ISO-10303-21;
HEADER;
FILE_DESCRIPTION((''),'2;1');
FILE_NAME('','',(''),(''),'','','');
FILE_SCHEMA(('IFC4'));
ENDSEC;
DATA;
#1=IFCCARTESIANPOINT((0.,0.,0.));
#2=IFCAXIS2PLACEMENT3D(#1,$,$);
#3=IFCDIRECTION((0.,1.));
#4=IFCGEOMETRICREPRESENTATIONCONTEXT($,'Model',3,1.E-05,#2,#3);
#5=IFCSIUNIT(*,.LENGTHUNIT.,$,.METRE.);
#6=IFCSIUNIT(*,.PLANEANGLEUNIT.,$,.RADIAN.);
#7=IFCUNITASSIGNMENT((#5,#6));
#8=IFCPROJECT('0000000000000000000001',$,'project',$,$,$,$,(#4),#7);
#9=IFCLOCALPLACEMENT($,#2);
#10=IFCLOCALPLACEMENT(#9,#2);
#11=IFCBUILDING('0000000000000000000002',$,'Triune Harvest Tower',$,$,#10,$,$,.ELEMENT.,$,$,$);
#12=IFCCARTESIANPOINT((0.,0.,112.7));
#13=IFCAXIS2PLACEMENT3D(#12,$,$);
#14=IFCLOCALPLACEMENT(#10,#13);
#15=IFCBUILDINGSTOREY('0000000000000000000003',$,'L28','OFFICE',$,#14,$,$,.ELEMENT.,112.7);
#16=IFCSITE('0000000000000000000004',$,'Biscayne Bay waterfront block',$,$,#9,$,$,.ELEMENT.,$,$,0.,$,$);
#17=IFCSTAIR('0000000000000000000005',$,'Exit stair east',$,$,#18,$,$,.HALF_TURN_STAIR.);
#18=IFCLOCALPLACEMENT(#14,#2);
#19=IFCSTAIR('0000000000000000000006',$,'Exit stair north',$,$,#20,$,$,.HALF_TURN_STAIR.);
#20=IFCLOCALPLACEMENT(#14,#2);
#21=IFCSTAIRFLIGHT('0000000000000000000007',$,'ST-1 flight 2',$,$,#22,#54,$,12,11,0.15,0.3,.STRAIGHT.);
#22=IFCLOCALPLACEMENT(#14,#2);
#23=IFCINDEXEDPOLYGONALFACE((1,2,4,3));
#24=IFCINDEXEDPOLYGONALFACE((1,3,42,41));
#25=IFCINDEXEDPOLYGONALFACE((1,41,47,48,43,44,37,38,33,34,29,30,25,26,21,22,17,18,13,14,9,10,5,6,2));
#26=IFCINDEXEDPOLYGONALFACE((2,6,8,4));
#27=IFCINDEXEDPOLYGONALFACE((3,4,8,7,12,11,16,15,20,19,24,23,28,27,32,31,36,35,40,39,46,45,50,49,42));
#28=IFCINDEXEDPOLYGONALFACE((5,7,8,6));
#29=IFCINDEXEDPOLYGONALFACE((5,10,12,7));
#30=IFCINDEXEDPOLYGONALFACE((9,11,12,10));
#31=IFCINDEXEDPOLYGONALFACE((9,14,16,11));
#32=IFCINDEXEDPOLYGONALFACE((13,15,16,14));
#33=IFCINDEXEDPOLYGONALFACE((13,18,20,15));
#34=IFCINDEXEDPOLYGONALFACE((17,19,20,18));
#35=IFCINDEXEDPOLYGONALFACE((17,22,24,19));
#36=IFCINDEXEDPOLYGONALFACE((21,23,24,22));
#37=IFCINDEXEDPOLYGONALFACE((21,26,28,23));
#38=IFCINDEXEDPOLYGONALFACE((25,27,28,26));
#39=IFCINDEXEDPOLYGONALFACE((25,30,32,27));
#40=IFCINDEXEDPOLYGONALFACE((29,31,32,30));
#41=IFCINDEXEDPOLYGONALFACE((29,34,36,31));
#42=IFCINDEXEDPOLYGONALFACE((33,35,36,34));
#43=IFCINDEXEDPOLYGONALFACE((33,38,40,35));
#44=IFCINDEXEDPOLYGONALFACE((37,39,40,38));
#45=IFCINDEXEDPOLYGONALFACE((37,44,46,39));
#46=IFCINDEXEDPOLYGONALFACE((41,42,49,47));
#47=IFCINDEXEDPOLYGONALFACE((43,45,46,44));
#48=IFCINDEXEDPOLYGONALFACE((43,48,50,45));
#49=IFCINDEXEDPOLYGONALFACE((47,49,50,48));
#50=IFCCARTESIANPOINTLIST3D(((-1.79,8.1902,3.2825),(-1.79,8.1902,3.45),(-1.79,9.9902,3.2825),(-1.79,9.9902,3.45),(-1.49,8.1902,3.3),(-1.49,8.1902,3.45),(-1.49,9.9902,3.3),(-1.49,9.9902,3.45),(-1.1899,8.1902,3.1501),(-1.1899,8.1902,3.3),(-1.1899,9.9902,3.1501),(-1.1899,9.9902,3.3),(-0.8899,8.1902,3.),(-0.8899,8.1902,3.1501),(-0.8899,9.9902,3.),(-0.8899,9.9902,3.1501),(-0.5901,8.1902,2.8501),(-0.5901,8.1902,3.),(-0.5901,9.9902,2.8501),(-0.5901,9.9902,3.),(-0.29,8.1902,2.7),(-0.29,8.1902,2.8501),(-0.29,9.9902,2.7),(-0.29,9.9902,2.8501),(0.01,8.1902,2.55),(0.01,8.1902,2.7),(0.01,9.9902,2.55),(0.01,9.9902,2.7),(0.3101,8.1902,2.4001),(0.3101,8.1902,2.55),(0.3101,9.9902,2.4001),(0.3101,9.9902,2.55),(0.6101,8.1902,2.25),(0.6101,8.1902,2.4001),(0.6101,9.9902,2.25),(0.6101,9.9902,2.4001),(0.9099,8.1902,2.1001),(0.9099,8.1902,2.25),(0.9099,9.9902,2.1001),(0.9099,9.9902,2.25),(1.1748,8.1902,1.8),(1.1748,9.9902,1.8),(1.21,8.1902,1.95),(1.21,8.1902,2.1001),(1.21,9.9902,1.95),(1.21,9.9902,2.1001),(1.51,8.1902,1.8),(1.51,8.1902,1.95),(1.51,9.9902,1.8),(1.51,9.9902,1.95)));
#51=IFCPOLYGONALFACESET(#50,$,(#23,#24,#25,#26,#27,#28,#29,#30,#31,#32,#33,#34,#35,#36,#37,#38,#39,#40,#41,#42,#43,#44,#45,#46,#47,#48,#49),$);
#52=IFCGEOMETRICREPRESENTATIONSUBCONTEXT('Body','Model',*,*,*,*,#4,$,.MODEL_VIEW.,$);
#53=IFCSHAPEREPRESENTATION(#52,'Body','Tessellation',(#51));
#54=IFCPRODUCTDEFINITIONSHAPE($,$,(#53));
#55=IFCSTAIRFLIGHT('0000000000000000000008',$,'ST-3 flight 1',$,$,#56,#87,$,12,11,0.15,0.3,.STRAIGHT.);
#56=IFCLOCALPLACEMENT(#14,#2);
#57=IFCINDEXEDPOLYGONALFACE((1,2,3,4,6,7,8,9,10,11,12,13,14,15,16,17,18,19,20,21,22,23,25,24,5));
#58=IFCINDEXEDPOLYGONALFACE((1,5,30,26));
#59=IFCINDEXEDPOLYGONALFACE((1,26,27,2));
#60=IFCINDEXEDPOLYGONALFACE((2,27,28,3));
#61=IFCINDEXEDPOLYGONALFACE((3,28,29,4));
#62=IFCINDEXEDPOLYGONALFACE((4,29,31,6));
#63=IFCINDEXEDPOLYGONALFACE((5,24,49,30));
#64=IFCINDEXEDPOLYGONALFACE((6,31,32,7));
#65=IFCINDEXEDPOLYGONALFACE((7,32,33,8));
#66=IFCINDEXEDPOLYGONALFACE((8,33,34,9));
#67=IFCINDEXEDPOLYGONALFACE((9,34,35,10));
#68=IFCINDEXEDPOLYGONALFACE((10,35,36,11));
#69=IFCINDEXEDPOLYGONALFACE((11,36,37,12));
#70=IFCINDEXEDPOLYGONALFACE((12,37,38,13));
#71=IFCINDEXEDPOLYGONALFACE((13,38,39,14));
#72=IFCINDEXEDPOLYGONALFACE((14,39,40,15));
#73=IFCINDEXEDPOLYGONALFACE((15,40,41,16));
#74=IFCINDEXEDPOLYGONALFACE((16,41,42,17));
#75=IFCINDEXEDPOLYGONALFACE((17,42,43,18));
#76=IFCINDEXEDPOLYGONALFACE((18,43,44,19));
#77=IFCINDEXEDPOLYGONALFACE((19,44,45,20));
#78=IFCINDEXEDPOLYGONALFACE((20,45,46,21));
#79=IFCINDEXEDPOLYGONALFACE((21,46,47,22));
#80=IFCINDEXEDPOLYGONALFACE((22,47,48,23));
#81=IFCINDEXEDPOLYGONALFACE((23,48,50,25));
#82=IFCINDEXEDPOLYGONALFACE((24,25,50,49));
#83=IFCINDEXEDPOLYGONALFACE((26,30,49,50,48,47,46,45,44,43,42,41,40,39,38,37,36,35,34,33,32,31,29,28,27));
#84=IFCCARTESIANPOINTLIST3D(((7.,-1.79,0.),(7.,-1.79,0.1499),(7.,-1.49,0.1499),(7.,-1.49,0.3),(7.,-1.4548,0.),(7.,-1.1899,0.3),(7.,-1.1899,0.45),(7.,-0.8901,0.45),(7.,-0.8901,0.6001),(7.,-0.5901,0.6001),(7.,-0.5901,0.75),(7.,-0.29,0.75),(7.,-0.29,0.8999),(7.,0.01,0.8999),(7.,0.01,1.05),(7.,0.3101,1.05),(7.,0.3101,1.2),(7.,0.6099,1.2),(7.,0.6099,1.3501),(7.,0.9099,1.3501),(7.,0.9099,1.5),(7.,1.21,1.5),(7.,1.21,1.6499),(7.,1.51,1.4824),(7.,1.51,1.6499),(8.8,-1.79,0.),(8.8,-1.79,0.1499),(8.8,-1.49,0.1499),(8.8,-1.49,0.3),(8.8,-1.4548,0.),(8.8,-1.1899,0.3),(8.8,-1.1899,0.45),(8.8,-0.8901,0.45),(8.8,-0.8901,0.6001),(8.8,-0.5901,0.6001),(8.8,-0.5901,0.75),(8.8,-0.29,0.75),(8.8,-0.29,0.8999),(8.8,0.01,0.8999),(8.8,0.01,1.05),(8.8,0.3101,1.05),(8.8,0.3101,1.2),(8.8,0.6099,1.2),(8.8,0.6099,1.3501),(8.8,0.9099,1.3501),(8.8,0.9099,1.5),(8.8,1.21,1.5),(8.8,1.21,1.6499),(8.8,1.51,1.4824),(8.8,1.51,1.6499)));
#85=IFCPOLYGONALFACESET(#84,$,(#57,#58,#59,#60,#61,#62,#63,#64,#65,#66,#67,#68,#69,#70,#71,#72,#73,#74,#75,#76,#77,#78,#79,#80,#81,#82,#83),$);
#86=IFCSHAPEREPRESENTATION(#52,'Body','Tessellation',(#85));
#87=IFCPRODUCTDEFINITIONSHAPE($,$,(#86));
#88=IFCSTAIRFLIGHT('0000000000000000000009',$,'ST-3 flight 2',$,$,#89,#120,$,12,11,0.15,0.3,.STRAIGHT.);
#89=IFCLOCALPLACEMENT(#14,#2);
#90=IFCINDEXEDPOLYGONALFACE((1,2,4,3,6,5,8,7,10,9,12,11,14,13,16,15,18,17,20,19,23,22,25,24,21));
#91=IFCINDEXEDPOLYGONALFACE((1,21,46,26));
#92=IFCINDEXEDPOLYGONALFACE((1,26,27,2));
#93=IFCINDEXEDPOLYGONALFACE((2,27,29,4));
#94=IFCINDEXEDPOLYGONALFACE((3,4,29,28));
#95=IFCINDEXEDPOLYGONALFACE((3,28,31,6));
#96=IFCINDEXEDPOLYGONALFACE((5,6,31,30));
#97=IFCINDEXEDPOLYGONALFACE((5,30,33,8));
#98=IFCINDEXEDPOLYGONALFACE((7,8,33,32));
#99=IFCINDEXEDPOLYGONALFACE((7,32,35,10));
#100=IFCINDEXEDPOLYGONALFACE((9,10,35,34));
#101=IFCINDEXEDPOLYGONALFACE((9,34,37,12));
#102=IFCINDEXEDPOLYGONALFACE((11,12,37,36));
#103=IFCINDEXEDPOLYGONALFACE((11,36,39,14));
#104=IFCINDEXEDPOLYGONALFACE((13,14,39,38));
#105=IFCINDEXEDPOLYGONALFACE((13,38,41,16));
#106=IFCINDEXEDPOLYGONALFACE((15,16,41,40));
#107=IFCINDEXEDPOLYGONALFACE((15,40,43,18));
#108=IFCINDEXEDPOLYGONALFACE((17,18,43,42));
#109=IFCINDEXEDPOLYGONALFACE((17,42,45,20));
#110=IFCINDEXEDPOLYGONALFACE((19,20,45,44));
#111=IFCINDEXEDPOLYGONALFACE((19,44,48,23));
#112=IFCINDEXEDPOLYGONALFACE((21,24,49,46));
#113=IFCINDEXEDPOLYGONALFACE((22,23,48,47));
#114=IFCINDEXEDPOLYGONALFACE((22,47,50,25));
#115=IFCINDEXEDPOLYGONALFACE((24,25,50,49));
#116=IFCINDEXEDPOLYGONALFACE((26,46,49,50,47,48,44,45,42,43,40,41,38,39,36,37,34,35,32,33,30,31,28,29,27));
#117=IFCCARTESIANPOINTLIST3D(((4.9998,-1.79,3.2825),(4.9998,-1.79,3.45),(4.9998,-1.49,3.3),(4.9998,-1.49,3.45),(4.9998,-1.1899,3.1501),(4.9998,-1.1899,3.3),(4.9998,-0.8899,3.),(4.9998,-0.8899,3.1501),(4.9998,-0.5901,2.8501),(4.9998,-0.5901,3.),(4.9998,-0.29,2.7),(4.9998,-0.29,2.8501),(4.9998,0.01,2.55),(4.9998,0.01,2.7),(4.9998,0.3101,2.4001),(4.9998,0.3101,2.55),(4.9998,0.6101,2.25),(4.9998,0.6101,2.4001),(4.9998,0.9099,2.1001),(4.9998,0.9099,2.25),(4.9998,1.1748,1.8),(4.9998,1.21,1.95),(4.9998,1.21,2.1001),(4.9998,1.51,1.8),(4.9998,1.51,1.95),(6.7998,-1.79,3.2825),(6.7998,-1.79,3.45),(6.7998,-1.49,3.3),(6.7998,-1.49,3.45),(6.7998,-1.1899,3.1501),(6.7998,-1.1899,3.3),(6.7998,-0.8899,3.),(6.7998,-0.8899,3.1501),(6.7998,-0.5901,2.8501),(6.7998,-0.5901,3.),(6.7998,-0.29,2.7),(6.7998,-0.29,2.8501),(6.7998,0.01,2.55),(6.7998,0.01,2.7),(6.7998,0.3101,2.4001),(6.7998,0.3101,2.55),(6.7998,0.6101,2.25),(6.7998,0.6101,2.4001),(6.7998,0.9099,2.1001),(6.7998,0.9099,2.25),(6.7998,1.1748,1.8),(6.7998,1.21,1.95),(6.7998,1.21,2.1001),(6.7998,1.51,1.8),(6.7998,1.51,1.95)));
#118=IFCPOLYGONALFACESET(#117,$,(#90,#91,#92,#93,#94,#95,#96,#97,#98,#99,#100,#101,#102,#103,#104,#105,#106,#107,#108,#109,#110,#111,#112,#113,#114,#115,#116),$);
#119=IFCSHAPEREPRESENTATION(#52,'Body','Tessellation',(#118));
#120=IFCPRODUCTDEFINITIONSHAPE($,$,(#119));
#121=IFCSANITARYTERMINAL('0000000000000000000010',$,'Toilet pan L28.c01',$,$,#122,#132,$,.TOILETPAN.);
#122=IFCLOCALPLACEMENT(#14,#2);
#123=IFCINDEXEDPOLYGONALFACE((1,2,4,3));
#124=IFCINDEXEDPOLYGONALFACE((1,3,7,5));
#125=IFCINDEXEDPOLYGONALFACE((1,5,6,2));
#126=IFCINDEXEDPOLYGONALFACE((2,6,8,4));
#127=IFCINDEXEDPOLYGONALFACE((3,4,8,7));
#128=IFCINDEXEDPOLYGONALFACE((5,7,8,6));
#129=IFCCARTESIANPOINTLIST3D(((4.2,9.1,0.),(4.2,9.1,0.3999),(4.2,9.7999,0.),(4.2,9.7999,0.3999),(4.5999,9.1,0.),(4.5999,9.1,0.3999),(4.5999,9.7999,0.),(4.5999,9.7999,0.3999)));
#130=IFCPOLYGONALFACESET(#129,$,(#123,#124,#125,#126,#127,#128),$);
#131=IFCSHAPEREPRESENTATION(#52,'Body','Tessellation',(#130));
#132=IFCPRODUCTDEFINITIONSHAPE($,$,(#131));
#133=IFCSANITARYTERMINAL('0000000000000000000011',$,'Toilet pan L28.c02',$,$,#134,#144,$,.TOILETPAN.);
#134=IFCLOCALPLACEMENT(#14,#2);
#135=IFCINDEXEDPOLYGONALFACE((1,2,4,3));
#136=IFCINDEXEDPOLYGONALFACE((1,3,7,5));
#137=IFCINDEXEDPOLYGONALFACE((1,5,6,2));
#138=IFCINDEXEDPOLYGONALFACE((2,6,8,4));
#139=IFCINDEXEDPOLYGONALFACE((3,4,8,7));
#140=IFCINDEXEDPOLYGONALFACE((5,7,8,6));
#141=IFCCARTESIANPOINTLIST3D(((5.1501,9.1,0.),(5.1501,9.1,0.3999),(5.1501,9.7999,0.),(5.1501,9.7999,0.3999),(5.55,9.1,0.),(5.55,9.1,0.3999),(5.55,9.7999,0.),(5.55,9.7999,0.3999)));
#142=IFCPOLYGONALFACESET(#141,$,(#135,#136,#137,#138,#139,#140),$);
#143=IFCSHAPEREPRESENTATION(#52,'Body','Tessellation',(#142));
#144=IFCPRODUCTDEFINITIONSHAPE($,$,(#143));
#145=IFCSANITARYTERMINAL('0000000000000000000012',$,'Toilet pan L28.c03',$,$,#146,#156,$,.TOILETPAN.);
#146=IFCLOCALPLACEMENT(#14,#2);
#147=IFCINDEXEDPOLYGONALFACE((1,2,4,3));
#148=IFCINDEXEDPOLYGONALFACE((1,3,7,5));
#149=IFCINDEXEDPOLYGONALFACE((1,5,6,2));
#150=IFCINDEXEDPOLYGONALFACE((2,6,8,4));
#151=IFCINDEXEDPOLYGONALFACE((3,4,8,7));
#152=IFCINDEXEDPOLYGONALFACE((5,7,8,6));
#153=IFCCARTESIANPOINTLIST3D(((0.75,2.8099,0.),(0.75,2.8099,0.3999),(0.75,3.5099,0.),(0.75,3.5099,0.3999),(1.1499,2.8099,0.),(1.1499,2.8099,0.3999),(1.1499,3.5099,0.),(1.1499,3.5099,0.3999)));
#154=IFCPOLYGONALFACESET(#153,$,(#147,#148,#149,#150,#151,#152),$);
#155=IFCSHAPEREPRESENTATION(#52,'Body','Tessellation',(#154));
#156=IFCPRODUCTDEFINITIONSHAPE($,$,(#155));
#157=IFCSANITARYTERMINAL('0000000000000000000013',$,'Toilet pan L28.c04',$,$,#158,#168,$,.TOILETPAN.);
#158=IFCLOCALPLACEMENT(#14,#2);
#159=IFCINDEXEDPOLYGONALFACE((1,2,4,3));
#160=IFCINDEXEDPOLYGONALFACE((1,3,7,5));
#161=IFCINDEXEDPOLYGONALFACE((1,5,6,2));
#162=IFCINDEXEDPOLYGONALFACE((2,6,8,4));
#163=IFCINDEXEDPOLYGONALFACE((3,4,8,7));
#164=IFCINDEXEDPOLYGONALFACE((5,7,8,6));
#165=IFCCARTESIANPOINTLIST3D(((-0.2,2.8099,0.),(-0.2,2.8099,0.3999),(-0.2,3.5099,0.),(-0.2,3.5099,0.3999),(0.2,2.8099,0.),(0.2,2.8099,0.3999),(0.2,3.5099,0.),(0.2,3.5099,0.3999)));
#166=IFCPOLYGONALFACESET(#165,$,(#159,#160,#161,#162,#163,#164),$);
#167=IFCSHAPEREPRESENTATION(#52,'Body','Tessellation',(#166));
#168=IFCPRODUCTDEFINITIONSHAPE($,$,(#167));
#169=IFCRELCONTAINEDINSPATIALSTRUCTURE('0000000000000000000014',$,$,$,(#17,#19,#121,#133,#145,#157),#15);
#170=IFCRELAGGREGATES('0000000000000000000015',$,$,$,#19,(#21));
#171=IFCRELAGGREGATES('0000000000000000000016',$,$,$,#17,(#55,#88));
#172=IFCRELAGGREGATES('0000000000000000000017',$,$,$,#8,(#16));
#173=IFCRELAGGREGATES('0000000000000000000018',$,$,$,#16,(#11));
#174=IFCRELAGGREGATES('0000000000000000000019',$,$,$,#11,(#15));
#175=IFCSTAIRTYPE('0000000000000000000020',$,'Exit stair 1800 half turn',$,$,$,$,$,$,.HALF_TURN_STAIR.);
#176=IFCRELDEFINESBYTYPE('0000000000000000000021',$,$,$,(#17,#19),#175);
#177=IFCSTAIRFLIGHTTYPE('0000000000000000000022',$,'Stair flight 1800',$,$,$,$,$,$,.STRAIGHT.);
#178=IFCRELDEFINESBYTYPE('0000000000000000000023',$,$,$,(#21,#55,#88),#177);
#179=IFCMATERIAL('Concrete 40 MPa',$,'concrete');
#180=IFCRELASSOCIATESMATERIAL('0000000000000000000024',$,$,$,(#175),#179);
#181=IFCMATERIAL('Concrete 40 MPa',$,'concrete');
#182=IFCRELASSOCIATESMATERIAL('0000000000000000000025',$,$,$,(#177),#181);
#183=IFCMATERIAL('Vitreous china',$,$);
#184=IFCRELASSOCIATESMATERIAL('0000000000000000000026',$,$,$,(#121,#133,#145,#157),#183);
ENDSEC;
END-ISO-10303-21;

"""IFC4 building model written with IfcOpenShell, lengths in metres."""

from ifc_helpers import new_model, si_unit, direction, frame, origin, origin_2d, place, context, subcontext, project, spatial, polyline, rectangle, outline, extrude, source, transform, mapped, material, type_object, element, aggregate, save


model = new_model("IFC4")

# Units and contexts
model_context = context("Model", 3, precision=1e-05, world=origin(), true_north=direction((0.0, 1.0)))
body_context = subcontext(model_context, "Body", "Model", "MODEL_VIEW")
ifc_project = project(units=[si_unit("LENGTHUNIT", "METRE"), si_unit("PLANEANGLEUNIT", "RADIAN")], contexts=[model_context])

# Site, building, storey
site_placement = place(None, origin())
site = spatial("IfcSite", under=ifc_project, at=site_placement, Name="Biscayne Bay waterfront block", CompositionType="ELEMENT", RefElevation=0.0)
building_placement = place(site_placement, origin())
building = spatial("IfcBuilding", under=site, at=building_placement, Name="Triune Harvest Tower", CompositionType="ELEMENT")
storey_placement = place(building_placement, frame((0.0, 0.0, 112.7)))
storey = spatial("IfcBuildingStorey", under=building, at=storey_placement, Name="L28", Description="OFFICE", CompositionType="ELEMENT", Elevation=112.7)

# Stair
ifc_material_1 = material(Name="Concrete 40 MPa", Category="concrete")
stair_type = type_object("IfcStairType", Name="Exit stair 1800 half turn", PredefinedType="HALF_TURN_STAIR", material=ifc_material_1)
stair_1_placement = place(storey_placement, origin())
stair_1 = element("IfcStair", 1, at=stair_1_placement, inside=storey, type_object=stair_type, Name="Exit stair east", PredefinedType="HALF_TURN_STAIR")

# Stair, stair flight
stair_2_placement = place(storey_placement, origin())
stair_2 = element("IfcStair", 2, at=stair_2_placement, inside=storey, type_object=stair_type, Name="Exit stair north", PredefinedType="HALF_TURN_STAIR")
ifc_material_2 = material(Name="Concrete 40 MPa", Category="concrete")
stair_flight_type = type_object("IfcStairFlightType", Name="Stair flight 1800", PredefinedType="STRAIGHT", material=ifc_material_2)
shared_shape_1 = source(origin(), body_context, "Body", "SweptSolid", [
    extrude(outline(polyline([(0.0, 0.0), (0.0, 0.1499), (0.3, 0.1499), (0.3, 0.3), (0.6001, 0.3), (0.6001, 0.45), (0.8999, 0.45), (0.8999, 0.6001), (1.2, 0.6001), (1.2, 0.75), (1.5, 0.75), (1.5, 0.8999), (1.8, 0.8999), (1.8, 1.05), (2.1001, 1.05), (2.1001, 1.2), (2.3999, 1.2), (2.3999, 1.3501), (2.7, 1.3501), (2.7, 1.5), (3.0, 1.5), (3.0, 1.6499), (3.3, 1.6499), (3.3, 1.8), (3.3, 1.4824), (0.3352, 0.0), (0.0, 0.0)])), frame((0.0, 0.8999, 0.0), z_axis=(0.0, -1.0, 0.0), x_axis=(1.0, 0.0, 0.0)), (0.0, 0.0, 1.0), 1.8),
])
stair_flight_1_placement = place(storey_placement, frame((1.51, 9.0901, 1.8), z_axis=(0.0, 0.0, 1.0), x_axis=(-1.0, 0.0, 0.0)))
stair_flight_1 = element("IfcStairFlight", 3, at=stair_flight_1_placement, type_object=stair_flight_type, Name="ST-1 flight 2", NumberOfRisers=12, NumberOfTreads=11, PredefinedType="STRAIGHT", RiserHeight=0.15, TreadLength=0.3, context=body_context, shape_type="MappedRepresentation", body=[
    mapped(shared_shape_1, transform((0.0, 0.0, 0.0), scale=1.0)),
])
aggregate(stair_2, [stair_flight_1])

# Stair flights
stair_flight_2_placement = place(storey_placement, frame((7.8999, -1.79, 0.0), z_axis=(0.0, 0.0, 1.0), x_axis=(0.0, 1.0, 0.0)))
stair_flight_2 = element("IfcStairFlight", 4, at=stair_flight_2_placement, type_object=stair_flight_type, Name="ST-3 flight 1", NumberOfRisers=12, NumberOfTreads=11, PredefinedType="STRAIGHT", RiserHeight=0.15, TreadLength=0.3, context=body_context, shape_type="MappedRepresentation", body=[
    mapped(shared_shape_1, transform((0.0, 0.0, 0.0), scale=1.0)),
])
stair_flight_3_placement = place(storey_placement, frame((5.8999, 1.51, 1.8), z_axis=(0.0, 0.0, 1.0), x_axis=(0.0, -1.0, 0.0)))
stair_flight_3 = element("IfcStairFlight", 5, at=stair_flight_3_placement, type_object=stair_flight_type, Name="ST-3 flight 2", NumberOfRisers=12, NumberOfTreads=11, PredefinedType="STRAIGHT", RiserHeight=0.15, TreadLength=0.3, context=body_context, shape_type="MappedRepresentation", body=[
    mapped(shared_shape_1, transform((0.0, 0.0, 0.0), scale=1.0)),
])
aggregate(stair_1, [stair_flight_2, stair_flight_3])

# Sanitary terminals
ifc_material_3 = material(Name="Vitreous china")
shared_shape_2 = source(origin(), body_context, "Body", "SweptSolid", [
    extrude(rectangle(XDim=0.3999, YDim=0.7, at=origin_2d()), origin(), (0.0, 0.0, 1.0), 0.3999),
])
for number, where, z_axis, x_axis, name in (
    (6, (4.3999, 9.45, 0.0), (0.0, 0.0, 1.0), (1.0, 0.0, 0.0), "Toilet pan L28.c01"),
    (7, (5.3501, 9.45, 0.0), (0.0, 0.0, 1.0), (1.0, 0.0, 0.0), "Toilet pan L28.c02"),
    (8, (0.95, 3.1599, 0.0), (0.0, 0.0, 1.0), (-1.0, 0.0, 0.0), "Toilet pan L28.c03"),
    (9, (0.0, 3.1599, 0.0), (0.0, 0.0, 1.0), (-1.0, 0.0, 0.0), "Toilet pan L28.c04"),
):
    element("IfcSanitaryTerminal", number, at=place(storey_placement, frame(where, z_axis=z_axis, x_axis=x_axis)), inside=storey, material=ifc_material_3, Name=name, PredefinedType="TOILETPAN", context=body_context, shape_type="MappedRepresentation", body=[
        mapped(shared_shape_2, transform((0.0, 0.0, 0.0), scale=1.0)),
    ])

save(model, "model.ifc")
